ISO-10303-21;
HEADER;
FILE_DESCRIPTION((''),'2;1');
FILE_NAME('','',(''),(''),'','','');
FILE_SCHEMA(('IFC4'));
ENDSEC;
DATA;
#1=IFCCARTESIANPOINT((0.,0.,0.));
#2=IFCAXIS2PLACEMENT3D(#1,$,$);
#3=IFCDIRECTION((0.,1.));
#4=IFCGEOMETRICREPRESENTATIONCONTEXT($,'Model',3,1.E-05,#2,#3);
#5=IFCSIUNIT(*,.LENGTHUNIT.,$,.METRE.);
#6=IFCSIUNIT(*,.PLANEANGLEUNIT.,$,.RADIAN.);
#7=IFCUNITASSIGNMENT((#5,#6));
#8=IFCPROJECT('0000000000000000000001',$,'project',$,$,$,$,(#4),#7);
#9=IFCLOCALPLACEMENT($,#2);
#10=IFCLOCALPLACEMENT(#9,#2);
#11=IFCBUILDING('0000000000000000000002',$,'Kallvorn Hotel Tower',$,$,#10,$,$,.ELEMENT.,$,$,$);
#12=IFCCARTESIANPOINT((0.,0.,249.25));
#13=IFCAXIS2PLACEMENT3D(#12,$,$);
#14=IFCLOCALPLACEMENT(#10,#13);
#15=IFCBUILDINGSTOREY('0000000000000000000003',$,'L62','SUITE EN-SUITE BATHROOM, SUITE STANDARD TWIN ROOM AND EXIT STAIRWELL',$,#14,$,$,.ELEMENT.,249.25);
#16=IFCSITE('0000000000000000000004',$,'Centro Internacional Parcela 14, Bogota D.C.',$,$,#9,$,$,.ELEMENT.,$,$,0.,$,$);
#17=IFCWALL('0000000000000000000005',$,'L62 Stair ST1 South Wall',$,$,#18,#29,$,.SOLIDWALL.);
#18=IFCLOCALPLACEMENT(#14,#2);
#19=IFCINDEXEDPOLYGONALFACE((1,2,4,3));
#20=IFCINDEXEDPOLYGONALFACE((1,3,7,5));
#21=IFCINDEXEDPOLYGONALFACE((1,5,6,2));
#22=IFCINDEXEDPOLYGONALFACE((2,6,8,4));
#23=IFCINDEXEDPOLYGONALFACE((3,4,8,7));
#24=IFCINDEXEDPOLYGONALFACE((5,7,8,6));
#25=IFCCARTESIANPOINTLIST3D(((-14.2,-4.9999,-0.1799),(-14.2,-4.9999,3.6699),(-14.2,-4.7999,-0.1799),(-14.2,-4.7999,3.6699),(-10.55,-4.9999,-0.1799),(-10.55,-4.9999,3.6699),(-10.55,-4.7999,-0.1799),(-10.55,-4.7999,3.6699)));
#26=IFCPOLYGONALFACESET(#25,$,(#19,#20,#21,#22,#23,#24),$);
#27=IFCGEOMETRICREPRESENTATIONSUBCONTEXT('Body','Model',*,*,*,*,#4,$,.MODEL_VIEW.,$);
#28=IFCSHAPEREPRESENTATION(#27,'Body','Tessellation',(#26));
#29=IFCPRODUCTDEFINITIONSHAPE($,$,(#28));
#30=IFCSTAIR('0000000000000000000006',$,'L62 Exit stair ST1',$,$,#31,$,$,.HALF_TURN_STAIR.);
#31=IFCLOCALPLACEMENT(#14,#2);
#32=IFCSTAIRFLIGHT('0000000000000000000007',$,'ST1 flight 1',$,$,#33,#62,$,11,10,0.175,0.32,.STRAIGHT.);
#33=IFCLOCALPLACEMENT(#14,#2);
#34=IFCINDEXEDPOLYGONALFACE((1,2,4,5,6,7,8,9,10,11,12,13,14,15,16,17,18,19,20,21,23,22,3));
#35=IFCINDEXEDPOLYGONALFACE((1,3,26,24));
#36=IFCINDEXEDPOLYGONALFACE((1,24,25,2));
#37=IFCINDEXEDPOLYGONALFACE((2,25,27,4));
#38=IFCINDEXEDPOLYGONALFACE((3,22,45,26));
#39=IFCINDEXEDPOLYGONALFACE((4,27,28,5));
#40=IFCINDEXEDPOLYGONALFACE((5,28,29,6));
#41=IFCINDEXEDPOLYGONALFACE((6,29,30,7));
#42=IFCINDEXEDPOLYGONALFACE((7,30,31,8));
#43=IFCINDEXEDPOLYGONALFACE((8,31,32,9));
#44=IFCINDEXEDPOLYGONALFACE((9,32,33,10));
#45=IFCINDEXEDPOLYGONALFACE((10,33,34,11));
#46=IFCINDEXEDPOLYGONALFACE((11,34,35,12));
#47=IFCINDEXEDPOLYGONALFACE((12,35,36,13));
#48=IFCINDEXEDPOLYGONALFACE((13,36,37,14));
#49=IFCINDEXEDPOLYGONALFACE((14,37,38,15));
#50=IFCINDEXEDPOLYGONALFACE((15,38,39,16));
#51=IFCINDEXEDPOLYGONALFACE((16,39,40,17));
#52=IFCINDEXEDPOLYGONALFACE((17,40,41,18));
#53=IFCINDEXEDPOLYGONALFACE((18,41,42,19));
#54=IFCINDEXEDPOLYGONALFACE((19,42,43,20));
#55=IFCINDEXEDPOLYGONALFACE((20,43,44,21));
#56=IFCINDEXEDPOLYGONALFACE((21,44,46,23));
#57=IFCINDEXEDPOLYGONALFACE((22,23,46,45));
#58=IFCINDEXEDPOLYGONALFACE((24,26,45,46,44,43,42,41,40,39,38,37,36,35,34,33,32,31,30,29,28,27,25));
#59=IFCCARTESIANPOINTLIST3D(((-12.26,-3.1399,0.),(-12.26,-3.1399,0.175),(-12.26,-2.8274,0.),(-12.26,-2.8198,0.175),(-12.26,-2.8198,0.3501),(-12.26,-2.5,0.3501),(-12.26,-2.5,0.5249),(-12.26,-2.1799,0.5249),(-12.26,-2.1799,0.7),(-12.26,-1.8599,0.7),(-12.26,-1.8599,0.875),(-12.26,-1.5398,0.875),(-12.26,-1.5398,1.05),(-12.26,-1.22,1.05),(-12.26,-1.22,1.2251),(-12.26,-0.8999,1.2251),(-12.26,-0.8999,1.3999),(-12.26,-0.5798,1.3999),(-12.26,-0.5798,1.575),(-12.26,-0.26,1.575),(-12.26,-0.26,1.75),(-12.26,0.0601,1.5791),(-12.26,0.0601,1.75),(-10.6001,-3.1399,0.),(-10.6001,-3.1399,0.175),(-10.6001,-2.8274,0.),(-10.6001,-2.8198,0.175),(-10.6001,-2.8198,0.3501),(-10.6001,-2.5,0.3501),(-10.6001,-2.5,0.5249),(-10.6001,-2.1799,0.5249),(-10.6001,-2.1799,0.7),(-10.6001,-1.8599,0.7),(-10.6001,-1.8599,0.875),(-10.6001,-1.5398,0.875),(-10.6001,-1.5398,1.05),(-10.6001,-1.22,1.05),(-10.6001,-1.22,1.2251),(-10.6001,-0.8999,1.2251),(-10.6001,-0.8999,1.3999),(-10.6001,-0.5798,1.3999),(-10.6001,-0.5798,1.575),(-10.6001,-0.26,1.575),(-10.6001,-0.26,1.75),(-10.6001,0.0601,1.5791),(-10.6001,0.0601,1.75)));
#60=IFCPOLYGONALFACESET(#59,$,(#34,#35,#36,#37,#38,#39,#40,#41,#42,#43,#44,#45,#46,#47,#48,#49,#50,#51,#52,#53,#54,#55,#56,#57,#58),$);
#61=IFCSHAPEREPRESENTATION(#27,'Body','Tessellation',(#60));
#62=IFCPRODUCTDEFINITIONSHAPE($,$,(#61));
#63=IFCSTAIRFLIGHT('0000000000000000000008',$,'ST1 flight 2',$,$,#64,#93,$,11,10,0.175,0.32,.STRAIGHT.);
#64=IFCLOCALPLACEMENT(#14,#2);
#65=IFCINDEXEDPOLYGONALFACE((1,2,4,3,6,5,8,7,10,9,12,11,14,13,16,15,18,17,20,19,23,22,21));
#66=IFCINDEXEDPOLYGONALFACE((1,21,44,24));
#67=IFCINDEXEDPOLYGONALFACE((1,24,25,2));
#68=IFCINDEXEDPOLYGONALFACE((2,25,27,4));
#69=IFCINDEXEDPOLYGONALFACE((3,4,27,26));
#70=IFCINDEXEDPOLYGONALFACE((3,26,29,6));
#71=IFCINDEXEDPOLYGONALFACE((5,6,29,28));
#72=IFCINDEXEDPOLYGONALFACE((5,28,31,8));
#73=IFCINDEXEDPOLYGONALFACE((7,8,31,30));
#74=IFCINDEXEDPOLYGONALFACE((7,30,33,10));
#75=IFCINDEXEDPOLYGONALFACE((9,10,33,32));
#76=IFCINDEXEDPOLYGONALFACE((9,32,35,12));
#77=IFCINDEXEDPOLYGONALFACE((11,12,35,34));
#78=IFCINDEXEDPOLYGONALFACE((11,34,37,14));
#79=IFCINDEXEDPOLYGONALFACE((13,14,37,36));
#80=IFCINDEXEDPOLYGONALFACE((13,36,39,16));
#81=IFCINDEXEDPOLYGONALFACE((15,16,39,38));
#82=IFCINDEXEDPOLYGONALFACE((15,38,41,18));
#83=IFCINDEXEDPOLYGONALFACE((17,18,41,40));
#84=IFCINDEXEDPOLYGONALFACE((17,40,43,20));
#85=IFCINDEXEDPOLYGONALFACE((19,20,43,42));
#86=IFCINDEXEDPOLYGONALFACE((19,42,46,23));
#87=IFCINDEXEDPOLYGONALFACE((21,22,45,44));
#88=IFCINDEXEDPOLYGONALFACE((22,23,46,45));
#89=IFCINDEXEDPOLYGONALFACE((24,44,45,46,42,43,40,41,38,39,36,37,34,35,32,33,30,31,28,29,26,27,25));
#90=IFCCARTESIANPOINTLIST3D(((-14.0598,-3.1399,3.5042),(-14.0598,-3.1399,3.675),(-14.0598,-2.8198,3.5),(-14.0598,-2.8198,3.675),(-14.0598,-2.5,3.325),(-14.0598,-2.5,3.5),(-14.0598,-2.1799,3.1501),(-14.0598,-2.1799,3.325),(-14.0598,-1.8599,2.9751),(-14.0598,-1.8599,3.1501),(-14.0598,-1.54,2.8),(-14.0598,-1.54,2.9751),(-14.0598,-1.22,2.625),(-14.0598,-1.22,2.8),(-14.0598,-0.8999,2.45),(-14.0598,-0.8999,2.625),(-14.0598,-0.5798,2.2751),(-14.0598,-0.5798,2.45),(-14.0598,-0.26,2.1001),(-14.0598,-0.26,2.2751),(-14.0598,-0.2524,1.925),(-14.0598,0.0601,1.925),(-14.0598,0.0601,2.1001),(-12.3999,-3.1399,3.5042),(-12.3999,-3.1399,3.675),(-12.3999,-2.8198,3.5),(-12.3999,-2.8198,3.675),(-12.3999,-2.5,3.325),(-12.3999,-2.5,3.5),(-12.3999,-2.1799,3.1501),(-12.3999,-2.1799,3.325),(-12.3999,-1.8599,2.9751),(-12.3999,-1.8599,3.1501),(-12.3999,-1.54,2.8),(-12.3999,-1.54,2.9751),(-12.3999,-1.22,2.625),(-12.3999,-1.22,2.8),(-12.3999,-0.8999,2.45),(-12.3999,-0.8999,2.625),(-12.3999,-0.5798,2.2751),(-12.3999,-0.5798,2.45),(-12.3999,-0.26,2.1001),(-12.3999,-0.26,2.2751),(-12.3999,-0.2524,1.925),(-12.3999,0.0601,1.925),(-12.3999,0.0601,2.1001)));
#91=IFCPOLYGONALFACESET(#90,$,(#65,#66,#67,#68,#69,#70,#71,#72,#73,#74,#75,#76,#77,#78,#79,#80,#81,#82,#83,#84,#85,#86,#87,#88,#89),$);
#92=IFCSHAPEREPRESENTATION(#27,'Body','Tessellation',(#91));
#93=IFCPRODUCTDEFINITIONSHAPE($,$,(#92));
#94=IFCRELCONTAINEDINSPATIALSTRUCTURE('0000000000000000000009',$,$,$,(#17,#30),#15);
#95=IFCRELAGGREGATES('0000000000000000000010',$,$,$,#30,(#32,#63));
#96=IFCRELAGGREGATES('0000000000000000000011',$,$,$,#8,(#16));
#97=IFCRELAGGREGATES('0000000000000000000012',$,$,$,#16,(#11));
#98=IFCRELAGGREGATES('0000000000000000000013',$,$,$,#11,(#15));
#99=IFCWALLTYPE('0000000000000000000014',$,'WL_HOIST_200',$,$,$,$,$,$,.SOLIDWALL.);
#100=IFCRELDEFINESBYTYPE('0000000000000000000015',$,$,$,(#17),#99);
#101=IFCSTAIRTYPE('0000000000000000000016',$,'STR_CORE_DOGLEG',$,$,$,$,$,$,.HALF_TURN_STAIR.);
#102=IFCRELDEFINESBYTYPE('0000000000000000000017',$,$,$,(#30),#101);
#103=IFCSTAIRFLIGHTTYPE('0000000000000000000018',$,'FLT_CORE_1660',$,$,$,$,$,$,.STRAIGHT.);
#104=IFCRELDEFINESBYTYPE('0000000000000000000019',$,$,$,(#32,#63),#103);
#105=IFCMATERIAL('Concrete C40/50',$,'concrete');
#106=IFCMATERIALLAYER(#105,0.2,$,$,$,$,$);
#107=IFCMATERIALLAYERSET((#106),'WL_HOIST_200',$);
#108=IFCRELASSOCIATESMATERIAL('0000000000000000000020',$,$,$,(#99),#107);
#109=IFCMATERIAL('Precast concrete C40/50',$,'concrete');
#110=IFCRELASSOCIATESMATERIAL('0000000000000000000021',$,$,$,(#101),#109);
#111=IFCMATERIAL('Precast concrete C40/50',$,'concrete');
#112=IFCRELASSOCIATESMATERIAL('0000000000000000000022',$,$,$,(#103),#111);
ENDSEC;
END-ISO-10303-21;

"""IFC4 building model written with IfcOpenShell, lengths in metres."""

from ifc_helpers import new_model, si_unit, direction, frame, frame_2d, origin, place, context, subcontext, project, spatial, polyline, rectangle, outline, extrude, material, layer, layer_set, type_object, element, aggregate, save


model = new_model("IFC4")

# Units and contexts
model_context = context("Model", 3, precision=1e-05, world=origin(), true_north=direction((0.0, 1.0)))
body_context = subcontext(model_context, "Body", "Model", "MODEL_VIEW")
ifc_project = project(units=[si_unit("LENGTHUNIT", "METRE"), si_unit("PLANEANGLEUNIT", "RADIAN")], contexts=[model_context])

# Site, building, storey
site_placement = place(None, origin())
site = spatial("IfcSite", under=ifc_project, at=site_placement, Name="Centro Internacional Parcela 14, Bogota D.C.", CompositionType="ELEMENT", RefElevation=0.0)
building_placement = place(site_placement, origin())
building = spatial("IfcBuilding", under=site, at=building_placement, Name="Kallvorn Hotel Tower", CompositionType="ELEMENT")
storey_placement = place(building_placement, frame((0.0, 0.0, 249.25)))
storey = spatial("IfcBuildingStorey", under=building, at=storey_placement, Name="L62", Description="SUITE EN-SUITE BATHROOM, SUITE STANDARD TWIN ROOM AND EXIT STAIRWELL", CompositionType="ELEMENT", Elevation=249.25)

# Wall
ifc_material_1 = material(Name="Concrete C40/50", Category="concrete")
ifc_layer_1 = layer(ifc_material_1, 0.2)
ifc_layer_set_1 = layer_set([ifc_layer_1], Name="WL_HOIST_200")
wall_type_1 = type_object("IfcWallType", Name="WL_HOIST_200", PredefinedType="SOLIDWALL", material=ifc_layer_set_1)
wall_1_placement = place(storey_placement, frame((-14.2, -4.8999, -0.1799), z_axis=(0.0, 0.0, 1.0), x_axis=(1.0, 0.0, 0.0)))
element("IfcWall", 1, at=wall_1_placement, inside=storey, type_object=wall_type_1, Name="L62 Stair ST1 South Wall", PredefinedType="SOLIDWALL", context=body_context, shape_type="SweptSolid", body=[
    extrude(rectangle(XDim=3.6499, YDim=0.2, at=frame_2d((1.825, 0.0))), origin(), (0.0, 0.0, 1.0), 3.8499),
])

# Stair, stair flights
ifc_material_2 = material(Name="Precast concrete C40/50", Category="concrete")
stair_type = type_object("IfcStairType", Name="STR_CORE_DOGLEG", PredefinedType="HALF_TURN_STAIR", material=ifc_material_2)
stair_placement = place(storey_placement, origin())
stair = element("IfcStair", 2, at=stair_placement, inside=storey, type_object=stair_type, Name="L62 Exit stair ST1", PredefinedType="HALF_TURN_STAIR")
ifc_material_3 = material(Name="Precast concrete C40/50", Category="concrete")
stair_flight_type = type_object("IfcStairFlightType", Name="FLT_CORE_1660", PredefinedType="STRAIGHT", material=ifc_material_3)
stair_flight_1_placement = place(storey_placement, frame((-11.4299, -3.1399, 0.0), z_axis=(0.0, 0.0, 1.0), x_axis=(0.0, 1.0, 0.0)))
stair_flight_1 = element("IfcStairFlight", 3, at=stair_flight_1_placement, type_object=stair_flight_type, Name="ST1 flight 1", NumberOfRisers=11, NumberOfTreads=10, PredefinedType="STRAIGHT", RiserHeight=0.175, TreadLength=0.32, context=body_context, shape_type="SweptSolid", body=[
    extrude(outline(polyline([(0.0, 0.0), (0.0, 0.175), (0.3201, 0.175), (0.3201, 0.3501), (0.6399, 0.3501), (0.6399, 0.5249), (0.96, 0.5249), (0.96, 0.7), (1.28, 0.7), (1.28, 0.875), (1.6001, 0.875), (1.6001, 1.05), (1.9199, 1.05), (1.9199, 1.2251), (2.24, 1.2251), (2.24, 1.3999), (2.5601, 1.3999), (2.5601, 1.575), (2.8799, 1.575), (2.8799, 1.75), (3.2, 1.75), (3.2, 1.925), (3.2, 1.5791), (0.3125, 0.0), (0.0, 0.0)])), frame((0.0, 0.8301, 0.0), z_axis=(0.0, -1.0, 0.0), x_axis=(1.0, 0.0, 0.0)), (0.0, 0.0, 1.0), 1.6599),
])
stair_flight_2_placement = place(storey_placement, frame((-13.23, 0.0601, 1.925), z_axis=(0.0, 0.0, 1.0), x_axis=(0.0, -1.0, 0.0)))
stair_flight_2 = element("IfcStairFlight", 4, at=stair_flight_2_placement, type_object=stair_flight_type, Name="ST1 flight 2", NumberOfRisers=11, NumberOfTreads=10, PredefinedType="STRAIGHT", RiserHeight=0.175, TreadLength=0.32, context=body_context, shape_type="SweptSolid", body=[
    extrude(outline(polyline([(0.0, 0.0), (0.0, 0.175), (0.3201, 0.175), (0.3201, 0.3501), (0.6399, 0.3501), (0.6399, 0.5249), (0.96, 0.5249), (0.96, 0.7), (1.28, 0.7), (1.28, 0.875), (1.6001, 0.875), (1.6001, 1.05), (1.9199, 1.05), (1.9199, 1.2251), (2.24, 1.2251), (2.24, 1.3999), (2.5601, 1.3999), (2.5601, 1.575), (2.8799, 1.575), (2.8799, 1.75), (3.2, 1.75), (3.2, 1.925), (3.2, 1.5791), (0.3125, 0.0), (0.0, 0.0)])), frame((0.0, 0.8301, 0.0), z_axis=(0.0, -1.0, 0.0), x_axis=(1.0, 0.0, 0.0)), (0.0, 0.0, 1.0), 1.6599),
])
aggregate(stair, [stair_flight_1, stair_flight_2])

save(model, "model.ifc")
